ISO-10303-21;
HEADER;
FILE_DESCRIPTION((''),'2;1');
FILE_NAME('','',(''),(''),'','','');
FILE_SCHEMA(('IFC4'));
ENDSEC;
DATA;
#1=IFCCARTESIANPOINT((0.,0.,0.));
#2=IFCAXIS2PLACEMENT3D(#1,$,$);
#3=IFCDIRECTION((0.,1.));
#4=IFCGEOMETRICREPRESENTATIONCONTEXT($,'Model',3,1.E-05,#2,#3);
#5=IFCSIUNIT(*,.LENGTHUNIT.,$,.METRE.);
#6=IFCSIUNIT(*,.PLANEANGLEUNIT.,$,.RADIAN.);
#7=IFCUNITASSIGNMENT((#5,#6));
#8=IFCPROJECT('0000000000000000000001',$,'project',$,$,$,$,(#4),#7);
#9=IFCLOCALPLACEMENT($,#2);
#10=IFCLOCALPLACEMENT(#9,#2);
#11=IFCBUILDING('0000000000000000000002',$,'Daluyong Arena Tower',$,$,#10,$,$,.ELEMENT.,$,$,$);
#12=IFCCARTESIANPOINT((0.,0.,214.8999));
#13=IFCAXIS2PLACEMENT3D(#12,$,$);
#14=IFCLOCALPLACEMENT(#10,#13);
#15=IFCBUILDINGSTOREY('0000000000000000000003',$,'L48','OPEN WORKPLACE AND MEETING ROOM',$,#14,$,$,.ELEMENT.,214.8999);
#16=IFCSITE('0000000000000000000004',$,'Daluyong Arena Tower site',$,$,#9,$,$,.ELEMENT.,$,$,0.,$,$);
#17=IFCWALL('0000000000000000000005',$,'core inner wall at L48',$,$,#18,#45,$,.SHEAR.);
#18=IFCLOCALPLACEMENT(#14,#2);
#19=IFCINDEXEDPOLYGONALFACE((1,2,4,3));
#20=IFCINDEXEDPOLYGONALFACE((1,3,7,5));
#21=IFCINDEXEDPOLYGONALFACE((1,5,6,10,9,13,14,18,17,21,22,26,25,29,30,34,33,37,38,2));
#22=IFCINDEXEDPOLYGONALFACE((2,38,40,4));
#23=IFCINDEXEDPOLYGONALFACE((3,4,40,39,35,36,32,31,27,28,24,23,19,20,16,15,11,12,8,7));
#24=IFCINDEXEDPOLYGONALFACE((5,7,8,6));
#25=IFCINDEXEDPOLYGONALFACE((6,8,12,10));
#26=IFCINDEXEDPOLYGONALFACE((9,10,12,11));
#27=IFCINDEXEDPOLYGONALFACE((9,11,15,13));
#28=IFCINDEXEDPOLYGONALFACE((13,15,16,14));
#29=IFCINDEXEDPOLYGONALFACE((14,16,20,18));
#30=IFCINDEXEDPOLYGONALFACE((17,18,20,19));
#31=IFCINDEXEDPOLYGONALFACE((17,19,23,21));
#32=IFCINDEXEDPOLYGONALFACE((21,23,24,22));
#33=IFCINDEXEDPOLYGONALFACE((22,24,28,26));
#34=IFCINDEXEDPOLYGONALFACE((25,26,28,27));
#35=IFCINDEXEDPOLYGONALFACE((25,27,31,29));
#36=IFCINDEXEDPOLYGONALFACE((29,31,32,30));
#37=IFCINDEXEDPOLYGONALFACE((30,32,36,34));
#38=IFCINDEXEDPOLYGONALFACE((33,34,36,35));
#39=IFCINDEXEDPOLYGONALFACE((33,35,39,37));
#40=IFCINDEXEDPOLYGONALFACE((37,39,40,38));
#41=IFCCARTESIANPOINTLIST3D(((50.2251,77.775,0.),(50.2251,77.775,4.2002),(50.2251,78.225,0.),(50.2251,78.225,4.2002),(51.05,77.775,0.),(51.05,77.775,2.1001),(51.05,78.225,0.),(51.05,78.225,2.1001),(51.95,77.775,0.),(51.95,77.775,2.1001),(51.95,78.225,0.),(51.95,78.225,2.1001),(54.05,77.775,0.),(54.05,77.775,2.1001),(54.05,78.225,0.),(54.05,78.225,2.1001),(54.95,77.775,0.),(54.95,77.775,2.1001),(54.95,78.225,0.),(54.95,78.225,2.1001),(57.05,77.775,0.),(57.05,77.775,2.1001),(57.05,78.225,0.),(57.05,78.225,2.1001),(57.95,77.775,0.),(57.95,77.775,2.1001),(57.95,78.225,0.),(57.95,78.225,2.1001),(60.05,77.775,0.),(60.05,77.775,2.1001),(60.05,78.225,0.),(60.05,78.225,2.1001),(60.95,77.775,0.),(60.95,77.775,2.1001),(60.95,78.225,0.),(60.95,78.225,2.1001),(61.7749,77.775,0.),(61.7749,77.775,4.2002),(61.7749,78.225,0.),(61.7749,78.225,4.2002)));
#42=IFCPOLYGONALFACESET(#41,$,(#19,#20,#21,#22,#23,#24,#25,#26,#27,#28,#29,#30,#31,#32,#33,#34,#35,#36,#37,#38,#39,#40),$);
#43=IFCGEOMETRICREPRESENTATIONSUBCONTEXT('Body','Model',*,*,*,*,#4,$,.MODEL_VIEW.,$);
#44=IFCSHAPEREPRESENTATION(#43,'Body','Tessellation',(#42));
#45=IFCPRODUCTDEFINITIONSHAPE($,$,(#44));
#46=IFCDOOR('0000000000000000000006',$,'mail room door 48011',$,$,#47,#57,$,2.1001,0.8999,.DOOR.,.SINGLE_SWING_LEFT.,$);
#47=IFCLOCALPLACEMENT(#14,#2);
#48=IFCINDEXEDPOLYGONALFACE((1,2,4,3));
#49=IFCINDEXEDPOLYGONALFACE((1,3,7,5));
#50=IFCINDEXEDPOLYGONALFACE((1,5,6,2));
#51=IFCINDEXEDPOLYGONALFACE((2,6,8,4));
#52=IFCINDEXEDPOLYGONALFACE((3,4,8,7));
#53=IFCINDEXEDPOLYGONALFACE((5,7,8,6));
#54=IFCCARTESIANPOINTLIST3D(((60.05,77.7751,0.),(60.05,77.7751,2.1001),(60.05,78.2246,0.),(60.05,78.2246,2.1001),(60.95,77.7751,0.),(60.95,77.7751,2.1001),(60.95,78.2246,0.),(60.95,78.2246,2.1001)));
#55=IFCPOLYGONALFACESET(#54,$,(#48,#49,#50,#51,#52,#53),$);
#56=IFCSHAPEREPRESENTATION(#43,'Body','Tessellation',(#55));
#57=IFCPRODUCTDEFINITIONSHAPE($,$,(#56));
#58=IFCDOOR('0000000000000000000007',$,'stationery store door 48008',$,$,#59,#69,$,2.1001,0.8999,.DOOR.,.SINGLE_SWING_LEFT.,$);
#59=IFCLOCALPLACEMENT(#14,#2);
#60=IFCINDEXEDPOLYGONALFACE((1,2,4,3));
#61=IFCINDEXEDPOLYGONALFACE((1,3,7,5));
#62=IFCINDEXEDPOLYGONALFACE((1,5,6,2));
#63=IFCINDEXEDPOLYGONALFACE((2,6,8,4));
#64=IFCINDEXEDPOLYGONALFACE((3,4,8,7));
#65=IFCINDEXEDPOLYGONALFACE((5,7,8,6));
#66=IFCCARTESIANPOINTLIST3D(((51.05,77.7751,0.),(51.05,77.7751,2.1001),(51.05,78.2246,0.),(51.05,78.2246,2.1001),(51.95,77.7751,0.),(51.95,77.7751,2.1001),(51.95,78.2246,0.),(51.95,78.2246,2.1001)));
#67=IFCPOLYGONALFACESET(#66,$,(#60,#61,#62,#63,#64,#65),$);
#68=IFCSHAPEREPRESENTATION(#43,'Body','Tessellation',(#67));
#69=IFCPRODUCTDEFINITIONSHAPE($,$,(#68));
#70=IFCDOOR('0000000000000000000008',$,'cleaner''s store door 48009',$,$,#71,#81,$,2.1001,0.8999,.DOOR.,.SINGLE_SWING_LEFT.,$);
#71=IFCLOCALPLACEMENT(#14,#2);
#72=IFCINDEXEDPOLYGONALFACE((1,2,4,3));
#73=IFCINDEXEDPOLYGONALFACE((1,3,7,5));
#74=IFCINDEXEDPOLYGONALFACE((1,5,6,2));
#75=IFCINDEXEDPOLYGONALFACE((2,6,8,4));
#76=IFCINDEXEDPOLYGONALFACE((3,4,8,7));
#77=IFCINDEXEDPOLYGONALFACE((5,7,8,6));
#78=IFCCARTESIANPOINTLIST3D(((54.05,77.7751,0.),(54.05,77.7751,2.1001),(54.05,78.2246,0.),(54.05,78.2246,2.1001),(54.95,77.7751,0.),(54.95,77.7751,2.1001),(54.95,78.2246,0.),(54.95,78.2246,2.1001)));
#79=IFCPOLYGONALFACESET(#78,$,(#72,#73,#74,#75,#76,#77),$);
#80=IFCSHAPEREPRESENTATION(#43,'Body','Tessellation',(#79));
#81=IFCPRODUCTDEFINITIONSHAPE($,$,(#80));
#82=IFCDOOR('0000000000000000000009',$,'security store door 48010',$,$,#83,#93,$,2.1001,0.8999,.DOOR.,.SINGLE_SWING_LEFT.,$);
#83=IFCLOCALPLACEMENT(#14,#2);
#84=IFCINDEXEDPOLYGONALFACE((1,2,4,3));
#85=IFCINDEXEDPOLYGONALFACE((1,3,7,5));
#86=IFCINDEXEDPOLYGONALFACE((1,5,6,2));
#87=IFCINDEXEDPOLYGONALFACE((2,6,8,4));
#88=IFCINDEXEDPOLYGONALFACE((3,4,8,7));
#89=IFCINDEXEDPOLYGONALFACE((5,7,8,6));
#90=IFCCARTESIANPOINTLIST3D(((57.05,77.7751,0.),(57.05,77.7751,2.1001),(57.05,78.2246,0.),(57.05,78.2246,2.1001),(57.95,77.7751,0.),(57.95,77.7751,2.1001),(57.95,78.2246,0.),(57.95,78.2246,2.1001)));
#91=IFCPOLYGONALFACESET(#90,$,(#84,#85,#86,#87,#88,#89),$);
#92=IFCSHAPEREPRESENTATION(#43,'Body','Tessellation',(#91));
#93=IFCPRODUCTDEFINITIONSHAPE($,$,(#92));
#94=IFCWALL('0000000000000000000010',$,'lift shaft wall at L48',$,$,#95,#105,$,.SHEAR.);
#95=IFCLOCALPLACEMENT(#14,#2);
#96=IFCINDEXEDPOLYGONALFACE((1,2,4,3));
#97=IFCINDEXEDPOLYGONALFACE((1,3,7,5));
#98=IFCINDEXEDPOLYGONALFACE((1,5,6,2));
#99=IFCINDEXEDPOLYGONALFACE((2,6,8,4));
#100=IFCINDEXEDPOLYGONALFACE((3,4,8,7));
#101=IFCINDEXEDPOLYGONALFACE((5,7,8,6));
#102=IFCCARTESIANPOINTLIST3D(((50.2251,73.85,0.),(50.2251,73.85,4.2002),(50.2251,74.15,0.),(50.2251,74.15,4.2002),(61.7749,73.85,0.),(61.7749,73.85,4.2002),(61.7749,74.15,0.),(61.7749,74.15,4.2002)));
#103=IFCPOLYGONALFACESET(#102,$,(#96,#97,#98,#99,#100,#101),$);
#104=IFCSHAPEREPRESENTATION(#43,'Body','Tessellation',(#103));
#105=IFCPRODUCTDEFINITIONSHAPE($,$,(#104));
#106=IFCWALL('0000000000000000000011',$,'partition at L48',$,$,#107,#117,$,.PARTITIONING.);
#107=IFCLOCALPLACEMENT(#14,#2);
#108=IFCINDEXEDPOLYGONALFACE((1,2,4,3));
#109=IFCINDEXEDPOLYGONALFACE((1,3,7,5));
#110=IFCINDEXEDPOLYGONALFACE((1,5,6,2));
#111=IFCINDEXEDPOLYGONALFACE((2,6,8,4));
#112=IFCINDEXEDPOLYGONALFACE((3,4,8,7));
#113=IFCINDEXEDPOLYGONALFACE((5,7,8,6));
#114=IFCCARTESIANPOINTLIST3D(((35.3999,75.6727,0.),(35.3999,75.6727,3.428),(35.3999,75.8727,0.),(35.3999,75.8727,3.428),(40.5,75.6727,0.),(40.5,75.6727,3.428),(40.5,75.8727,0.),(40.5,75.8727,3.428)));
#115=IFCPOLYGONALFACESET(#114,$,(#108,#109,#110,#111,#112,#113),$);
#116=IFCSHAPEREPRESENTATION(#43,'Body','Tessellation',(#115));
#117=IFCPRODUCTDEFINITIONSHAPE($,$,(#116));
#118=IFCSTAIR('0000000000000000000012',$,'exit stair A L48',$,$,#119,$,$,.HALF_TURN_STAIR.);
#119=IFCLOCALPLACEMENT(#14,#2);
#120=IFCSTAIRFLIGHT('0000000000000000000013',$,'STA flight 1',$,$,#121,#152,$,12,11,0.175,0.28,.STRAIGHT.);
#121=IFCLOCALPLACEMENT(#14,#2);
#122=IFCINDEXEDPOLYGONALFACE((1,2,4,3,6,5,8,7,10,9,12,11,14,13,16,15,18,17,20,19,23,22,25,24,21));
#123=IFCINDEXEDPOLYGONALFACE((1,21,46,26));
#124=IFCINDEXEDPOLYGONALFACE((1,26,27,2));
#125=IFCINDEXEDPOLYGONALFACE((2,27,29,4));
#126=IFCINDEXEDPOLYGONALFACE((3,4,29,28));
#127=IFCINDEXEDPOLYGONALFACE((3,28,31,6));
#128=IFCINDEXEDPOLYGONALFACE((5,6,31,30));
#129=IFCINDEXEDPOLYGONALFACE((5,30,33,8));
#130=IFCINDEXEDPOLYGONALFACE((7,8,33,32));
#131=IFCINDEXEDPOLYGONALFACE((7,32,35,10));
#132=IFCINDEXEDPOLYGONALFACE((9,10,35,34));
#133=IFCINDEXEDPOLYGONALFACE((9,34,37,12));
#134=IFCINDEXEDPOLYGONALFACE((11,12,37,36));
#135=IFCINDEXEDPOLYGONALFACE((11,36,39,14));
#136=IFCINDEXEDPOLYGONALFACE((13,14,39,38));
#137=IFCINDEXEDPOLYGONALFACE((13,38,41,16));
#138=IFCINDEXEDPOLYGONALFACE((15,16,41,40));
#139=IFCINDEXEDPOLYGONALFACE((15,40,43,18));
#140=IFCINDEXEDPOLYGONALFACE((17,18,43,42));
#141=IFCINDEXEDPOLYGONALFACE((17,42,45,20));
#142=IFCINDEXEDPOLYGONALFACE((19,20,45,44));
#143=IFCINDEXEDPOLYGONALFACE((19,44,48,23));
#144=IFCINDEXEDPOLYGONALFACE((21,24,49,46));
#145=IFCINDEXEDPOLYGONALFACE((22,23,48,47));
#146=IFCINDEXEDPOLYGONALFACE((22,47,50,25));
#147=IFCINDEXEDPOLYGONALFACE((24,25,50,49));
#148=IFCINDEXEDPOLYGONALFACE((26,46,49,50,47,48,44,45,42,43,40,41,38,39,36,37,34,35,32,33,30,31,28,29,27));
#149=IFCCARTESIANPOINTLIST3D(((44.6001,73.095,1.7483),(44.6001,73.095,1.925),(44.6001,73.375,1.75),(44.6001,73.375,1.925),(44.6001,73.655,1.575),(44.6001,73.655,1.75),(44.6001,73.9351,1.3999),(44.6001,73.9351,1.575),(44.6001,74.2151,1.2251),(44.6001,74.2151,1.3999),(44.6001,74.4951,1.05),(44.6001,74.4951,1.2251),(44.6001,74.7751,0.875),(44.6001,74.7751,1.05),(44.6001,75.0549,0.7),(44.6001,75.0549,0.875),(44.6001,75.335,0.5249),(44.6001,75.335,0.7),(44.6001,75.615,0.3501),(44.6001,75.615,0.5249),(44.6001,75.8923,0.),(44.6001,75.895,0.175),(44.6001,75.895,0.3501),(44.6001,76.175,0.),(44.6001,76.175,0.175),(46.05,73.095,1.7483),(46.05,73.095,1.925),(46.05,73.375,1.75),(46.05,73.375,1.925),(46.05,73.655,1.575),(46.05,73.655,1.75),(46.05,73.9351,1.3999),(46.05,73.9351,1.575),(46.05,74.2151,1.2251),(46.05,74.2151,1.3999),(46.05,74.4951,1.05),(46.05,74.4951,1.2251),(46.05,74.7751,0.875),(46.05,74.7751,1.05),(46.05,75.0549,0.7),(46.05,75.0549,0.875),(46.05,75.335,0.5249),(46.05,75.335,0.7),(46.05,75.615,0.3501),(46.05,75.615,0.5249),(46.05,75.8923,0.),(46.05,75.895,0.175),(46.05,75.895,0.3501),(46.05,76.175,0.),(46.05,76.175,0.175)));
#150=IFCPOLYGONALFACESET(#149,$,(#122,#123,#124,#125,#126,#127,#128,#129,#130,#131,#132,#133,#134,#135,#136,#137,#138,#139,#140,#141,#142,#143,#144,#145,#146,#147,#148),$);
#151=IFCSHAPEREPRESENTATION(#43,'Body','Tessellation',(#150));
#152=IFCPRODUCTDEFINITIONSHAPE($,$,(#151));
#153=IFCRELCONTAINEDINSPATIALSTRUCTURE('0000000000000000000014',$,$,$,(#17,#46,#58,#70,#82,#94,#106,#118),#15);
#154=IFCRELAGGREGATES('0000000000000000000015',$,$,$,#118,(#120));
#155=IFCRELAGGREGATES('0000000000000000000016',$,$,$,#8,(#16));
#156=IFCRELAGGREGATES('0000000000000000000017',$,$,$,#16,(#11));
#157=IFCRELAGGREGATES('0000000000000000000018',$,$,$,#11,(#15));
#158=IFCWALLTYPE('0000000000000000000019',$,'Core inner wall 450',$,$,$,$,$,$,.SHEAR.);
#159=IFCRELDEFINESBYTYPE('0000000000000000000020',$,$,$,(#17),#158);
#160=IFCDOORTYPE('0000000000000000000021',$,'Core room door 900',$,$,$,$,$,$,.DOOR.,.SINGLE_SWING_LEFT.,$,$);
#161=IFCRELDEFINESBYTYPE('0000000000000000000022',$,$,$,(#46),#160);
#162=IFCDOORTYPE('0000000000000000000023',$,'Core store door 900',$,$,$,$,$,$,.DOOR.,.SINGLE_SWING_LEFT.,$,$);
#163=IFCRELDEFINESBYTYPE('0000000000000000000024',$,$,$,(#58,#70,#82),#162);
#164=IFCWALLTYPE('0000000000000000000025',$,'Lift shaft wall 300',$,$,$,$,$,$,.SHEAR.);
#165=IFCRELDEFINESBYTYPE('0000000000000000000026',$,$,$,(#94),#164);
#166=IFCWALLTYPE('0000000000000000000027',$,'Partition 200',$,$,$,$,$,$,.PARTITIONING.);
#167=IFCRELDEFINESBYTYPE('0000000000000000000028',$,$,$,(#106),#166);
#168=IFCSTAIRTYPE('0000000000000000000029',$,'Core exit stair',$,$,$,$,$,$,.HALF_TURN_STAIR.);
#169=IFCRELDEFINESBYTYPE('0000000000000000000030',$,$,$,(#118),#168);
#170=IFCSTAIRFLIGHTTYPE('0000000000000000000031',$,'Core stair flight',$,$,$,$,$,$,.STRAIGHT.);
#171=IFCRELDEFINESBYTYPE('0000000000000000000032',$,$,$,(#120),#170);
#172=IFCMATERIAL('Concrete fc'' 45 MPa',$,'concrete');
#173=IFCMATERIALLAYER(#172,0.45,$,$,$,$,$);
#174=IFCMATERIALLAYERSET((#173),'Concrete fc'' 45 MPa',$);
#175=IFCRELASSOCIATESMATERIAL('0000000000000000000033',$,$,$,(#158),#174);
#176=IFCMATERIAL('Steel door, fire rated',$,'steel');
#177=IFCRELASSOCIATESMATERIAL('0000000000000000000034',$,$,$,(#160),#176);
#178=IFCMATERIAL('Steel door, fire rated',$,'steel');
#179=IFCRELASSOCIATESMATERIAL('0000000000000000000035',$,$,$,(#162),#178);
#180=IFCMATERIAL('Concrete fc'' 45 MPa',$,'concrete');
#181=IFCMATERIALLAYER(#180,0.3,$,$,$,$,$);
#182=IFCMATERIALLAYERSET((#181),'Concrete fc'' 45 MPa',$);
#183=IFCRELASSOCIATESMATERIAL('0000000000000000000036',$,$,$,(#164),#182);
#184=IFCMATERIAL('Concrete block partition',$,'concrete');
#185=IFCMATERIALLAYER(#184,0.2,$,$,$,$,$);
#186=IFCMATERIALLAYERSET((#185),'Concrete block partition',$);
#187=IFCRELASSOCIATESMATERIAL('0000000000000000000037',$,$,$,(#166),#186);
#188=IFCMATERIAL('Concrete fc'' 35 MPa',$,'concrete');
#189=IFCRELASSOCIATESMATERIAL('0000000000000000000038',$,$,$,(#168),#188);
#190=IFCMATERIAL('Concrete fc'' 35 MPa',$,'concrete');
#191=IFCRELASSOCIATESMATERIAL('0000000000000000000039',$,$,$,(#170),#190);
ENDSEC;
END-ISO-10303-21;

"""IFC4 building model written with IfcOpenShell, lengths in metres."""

from ifc_helpers import new_model, si_unit, direction, frame, frame_2d, origin, place, context, subcontext, project, spatial, polyline, rectangle, outline, extrude, material, layer, layer_set, type_object, element, fill, aggregate, save


model = new_model("IFC4")

# Units and contexts
model_context = context("Model", 3, precision=1e-05, world=origin(), true_north=direction((0.0, 1.0)))
body_context = subcontext(model_context, "Body", "Model", "MODEL_VIEW")
ifc_project = project(units=[si_unit("LENGTHUNIT", "METRE"), si_unit("PLANEANGLEUNIT", "RADIAN")], contexts=[model_context])

# Site, building, storey
site_placement = place(None, origin())
site = spatial("IfcSite", under=ifc_project, at=site_placement, Name="Daluyong Arena Tower site", CompositionType="ELEMENT", RefElevation=0.0)
building_placement = place(site_placement, origin())
building = spatial("IfcBuilding", under=site, at=building_placement, Name="Daluyong Arena Tower", CompositionType="ELEMENT")
storey_placement = place(building_placement, frame((0.0, 0.0, 214.8999)))
storey = spatial("IfcBuildingStorey", under=building, at=storey_placement, Name="L48", Description="OPEN WORKPLACE AND MEETING ROOM", CompositionType="ELEMENT", Elevation=214.8999)

# Shared definitions
ifc_material_1 = material(Name="Concrete fc' 45 MPa", Category="concrete")
ifc_layer_1 = layer(ifc_material_1, 0.45)
ifc_layer_set_1 = layer_set([ifc_layer_1], Name="Concrete fc' 45 MPa")
wall_type_1 = type_object("IfcWallType", Name="Core inner wall 450", PredefinedType="SHEAR", material=ifc_layer_set_1)

# Wall, openings, doors
wall_1_placement = place(storey_placement, frame((50.2251, 78.0, 0.0), z_axis=(0.0, 0.0, 1.0), x_axis=(1.0, 0.0, 0.0)))
wall_1 = element("IfcWall", 1, at=wall_1_placement, inside=storey, type_object=wall_type_1, Name="core inner wall at L48", PredefinedType="SHEAR", context=body_context, shape_type="SweptSolid", body=[
    extrude(rectangle(XDim=11.5498, YDim=0.45, at=frame_2d((5.7749, 0.0))), origin(), (0.0, 0.0, 1.0), 4.2002),
])
opening_1_placement = place(wall_1_placement, frame((0.825, 0.0, 0.0)))
opening_1 = element("IfcOpeningElement", 2, at=opening_1_placement, cuts=wall_1, PredefinedType="OPENING", context=body_context, shape_type="SweptSolid", body=[
    extrude(rectangle(XDim=0.8999, YDim=2.1001, at=frame_2d((0.45, 1.05))), frame((0.0, 0.2349, 0.0), z_axis=(0.0, -1.0, 0.0), x_axis=(1.0, 0.0, 0.0)), (0.0, 0.0, 1.0), 0.47),
])
opening_2_placement = place(wall_1_placement, frame((3.825, 0.0, 0.0)))
opening_2 = element("IfcOpeningElement", 3, at=opening_2_placement, cuts=wall_1, PredefinedType="OPENING", context=body_context, shape_type="SweptSolid", body=[
    extrude(rectangle(XDim=0.8999, YDim=2.1001, at=frame_2d((0.45, 1.05))), frame((0.0, 0.2349, 0.0), z_axis=(0.0, -1.0, 0.0), x_axis=(1.0, 0.0, 0.0)), (0.0, 0.0, 1.0), 0.47),
])
opening_3_placement = place(wall_1_placement, frame((6.825, 0.0, 0.0)))
opening_3 = element("IfcOpeningElement", 4, at=opening_3_placement, cuts=wall_1, PredefinedType="OPENING", context=body_context, shape_type="SweptSolid", body=[
    extrude(rectangle(XDim=0.8999, YDim=2.1001, at=frame_2d((0.45, 1.05))), frame((0.0, 0.2349, 0.0), z_axis=(0.0, -1.0, 0.0), x_axis=(1.0, 0.0, 0.0)), (0.0, 0.0, 1.0), 0.47),
])
opening_4_placement = place(wall_1_placement, frame((9.825, 0.0, 0.0)))
opening_4 = element("IfcOpeningElement", 5, at=opening_4_placement, cuts=wall_1, PredefinedType="OPENING", context=body_context, shape_type="SweptSolid", body=[
    extrude(rectangle(XDim=0.8999, YDim=2.1001, at=frame_2d((0.45, 1.05))), frame((0.0, 0.2349, 0.0), z_axis=(0.0, -1.0, 0.0), x_axis=(1.0, 0.0, 0.0)), (0.0, 0.0, 1.0), 0.47),
])
ifc_material_2 = material(Name="Steel door, fire rated", Category="steel")
door_type_1 = type_object("IfcDoorType", Name="Core room door 900", OperationType="SINGLE_SWING_LEFT", PredefinedType="DOOR", material=ifc_material_2)
door_1_placement = place(opening_4_placement, origin())
door_1 = element("IfcDoor", 6, at=door_1_placement, inside=storey, type_object=door_type_1, Name="mail room door 48011", OperationType="SINGLE_SWING_LEFT", OverallHeight=2.1001, OverallWidth=0.8999, PredefinedType="DOOR", context=body_context, shape_type="SweptSolid", body=[
    extrude(rectangle(XDim=0.8999, YDim=2.1001, at=frame_2d((0.45, 1.05))), frame((0.0, 0.2246, 0.0), z_axis=(0.0, -1.0, 0.0), x_axis=(1.0, 0.0, 0.0)), (0.0, 0.0, 1.0), 0.4495),
])
fill(opening_4, door_1)
ifc_material_3 = material(Name="Steel door, fire rated", Category="steel")
door_type_2 = type_object("IfcDoorType", Name="Core store door 900", OperationType="SINGLE_SWING_LEFT", PredefinedType="DOOR", material=ifc_material_3)
door_2_placement = place(opening_1_placement, origin())
door_2 = element("IfcDoor", 7, at=door_2_placement, inside=storey, type_object=door_type_2, Name="stationery store door 48008", OperationType="SINGLE_SWING_LEFT", OverallHeight=2.1001, OverallWidth=0.8999, PredefinedType="DOOR", context=body_context, shape_type="SweptSolid", body=[
    extrude(rectangle(XDim=0.8999, YDim=2.1001, at=frame_2d((0.45, 1.05))), frame((0.0, 0.2246, 0.0), z_axis=(0.0, -1.0, 0.0), x_axis=(1.0, 0.0, 0.0)), (0.0, 0.0, 1.0), 0.4495),
])
fill(opening_1, door_2)
door_3_placement = place(opening_2_placement, origin())
door_3 = element("IfcDoor", 8, at=door_3_placement, inside=storey, type_object=door_type_2, Name="cleaner's store door 48009", OperationType="SINGLE_SWING_LEFT", OverallHeight=2.1001, OverallWidth=0.8999, PredefinedType="DOOR", context=body_context, shape_type="SweptSolid", body=[
    extrude(rectangle(XDim=0.8999, YDim=2.1001, at=frame_2d((0.45, 1.05))), frame((0.0, 0.2246, 0.0), z_axis=(0.0, -1.0, 0.0), x_axis=(1.0, 0.0, 0.0)), (0.0, 0.0, 1.0), 0.4495),
])
fill(opening_2, door_3)
door_4_placement = place(opening_3_placement, origin())
door_4 = element("IfcDoor", 9, at=door_4_placement, inside=storey, type_object=door_type_2, Name="security store door 48010", OperationType="SINGLE_SWING_LEFT", OverallHeight=2.1001, OverallWidth=0.8999, PredefinedType="DOOR", context=body_context, shape_type="SweptSolid", body=[
    extrude(rectangle(XDim=0.8999, YDim=2.1001, at=frame_2d((0.45, 1.05))), frame((0.0, 0.2246, 0.0), z_axis=(0.0, -1.0, 0.0), x_axis=(1.0, 0.0, 0.0)), (0.0, 0.0, 1.0), 0.4495),
])
fill(opening_3, door_4)

# Walls
ifc_material_4 = material(Name="Concrete fc' 45 MPa", Category="concrete")
ifc_layer_2 = layer(ifc_material_4, 0.3)
ifc_layer_set_2 = layer_set([ifc_layer_2], Name="Concrete fc' 45 MPa")
wall_type_2 = type_object("IfcWallType", Name="Lift shaft wall 300", PredefinedType="SHEAR", material=ifc_layer_set_2)
wall_2_placement = place(storey_placement, frame((50.2251, 74.0, 0.0), z_axis=(0.0, 0.0, 1.0), x_axis=(1.0, 0.0, 0.0)))
element("IfcWall", 10, at=wall_2_placement, inside=storey, type_object=wall_type_2, Name="lift shaft wall at L48", PredefinedType="SHEAR", context=body_context, shape_type="SweptSolid", body=[
    extrude(rectangle(XDim=11.5498, YDim=0.3, at=frame_2d((5.7749, 0.0))), origin(), (0.0, 0.0, 1.0), 4.2002),
])
ifc_material_5 = material(Name="Concrete block partition", Category="concrete")
ifc_layer_3 = layer(ifc_material_5, 0.2)
ifc_layer_set_3 = layer_set([ifc_layer_3], Name="Concrete block partition")
wall_type_3 = type_object("IfcWallType", Name="Partition 200", PredefinedType="PARTITIONING", material=ifc_layer_set_3)
wall_3_placement = place(storey_placement, frame((35.3999, 75.7727, 0.0), z_axis=(0.0, 0.0, 1.0), x_axis=(1.0, 0.0, 0.0)))
element("IfcWall", 11, at=wall_3_placement, inside=storey, type_object=wall_type_3, Name="partition at L48", PredefinedType="PARTITIONING", context=body_context, shape_type="SweptSolid", body=[
    extrude(rectangle(XDim=5.1001, YDim=0.2, at=frame_2d((2.55, 0.0))), origin(), (0.0, 0.0, 1.0), 3.428),
])

# Stair, stair flight
ifc_material_6 = material(Name="Concrete fc' 35 MPa", Category="concrete")
stair_type = type_object("IfcStairType", Name="Core exit stair", PredefinedType="HALF_TURN_STAIR", material=ifc_material_6)
stair_placement = place(storey_placement, origin())
stair = element("IfcStair", 12, at=stair_placement, inside=storey, type_object=stair_type, Name="exit stair A L48", PredefinedType="HALF_TURN_STAIR")
ifc_material_7 = material(Name="Concrete fc' 35 MPa", Category="concrete")
stair_flight_type = type_object("IfcStairFlightType", Name="Core stair flight", PredefinedType="STRAIGHT", material=ifc_material_7)
stair_flight_1_placement = place(storey_placement, frame((45.325, 76.175, 0.0), z_axis=(0.0, 0.0, 1.0), x_axis=(0.0, -1.0, 0.0)))
stair_flight_1 = element("IfcStairFlight", 13, at=stair_flight_1_placement, type_object=stair_flight_type, Name="STA flight 1", NumberOfRisers=12, NumberOfTreads=11, PredefinedType="STRAIGHT", RiserHeight=0.175, TreadLength=0.28, context=body_context, shape_type="SweptSolid", body=[
    extrude(outline(polyline([(0.0, 0.0), (0.0, 0.175), (0.28, 0.175), (0.28, 0.3501), (0.5601, 0.3501), (0.5601, 0.5249), (0.8401, 0.5249), (0.8401, 0.7), (1.1201, 0.7), (1.1201, 0.875), (1.3999, 0.875), (1.3999, 1.05), (1.6799, 1.05), (1.6799, 1.2251), (1.96, 1.2251), (1.96, 1.3999), (2.24, 1.3999), (2.24, 1.575), (2.52, 1.575), (2.52, 1.75), (2.8, 1.75), (2.8, 1.925), (3.0801, 1.925), (3.0801, 2.1001), (3.0801, 1.7483), (0.2827, 0.0), (0.0, 0.0)])), frame((0.0, 0.7251, 0.0), z_axis=(0.0, -1.0, 0.0), x_axis=(1.0, 0.0, 0.0)), (0.0, 0.0, 1.0), 1.45),
])
aggregate(stair, [stair_flight_1])

save(model, "model.ifc")
